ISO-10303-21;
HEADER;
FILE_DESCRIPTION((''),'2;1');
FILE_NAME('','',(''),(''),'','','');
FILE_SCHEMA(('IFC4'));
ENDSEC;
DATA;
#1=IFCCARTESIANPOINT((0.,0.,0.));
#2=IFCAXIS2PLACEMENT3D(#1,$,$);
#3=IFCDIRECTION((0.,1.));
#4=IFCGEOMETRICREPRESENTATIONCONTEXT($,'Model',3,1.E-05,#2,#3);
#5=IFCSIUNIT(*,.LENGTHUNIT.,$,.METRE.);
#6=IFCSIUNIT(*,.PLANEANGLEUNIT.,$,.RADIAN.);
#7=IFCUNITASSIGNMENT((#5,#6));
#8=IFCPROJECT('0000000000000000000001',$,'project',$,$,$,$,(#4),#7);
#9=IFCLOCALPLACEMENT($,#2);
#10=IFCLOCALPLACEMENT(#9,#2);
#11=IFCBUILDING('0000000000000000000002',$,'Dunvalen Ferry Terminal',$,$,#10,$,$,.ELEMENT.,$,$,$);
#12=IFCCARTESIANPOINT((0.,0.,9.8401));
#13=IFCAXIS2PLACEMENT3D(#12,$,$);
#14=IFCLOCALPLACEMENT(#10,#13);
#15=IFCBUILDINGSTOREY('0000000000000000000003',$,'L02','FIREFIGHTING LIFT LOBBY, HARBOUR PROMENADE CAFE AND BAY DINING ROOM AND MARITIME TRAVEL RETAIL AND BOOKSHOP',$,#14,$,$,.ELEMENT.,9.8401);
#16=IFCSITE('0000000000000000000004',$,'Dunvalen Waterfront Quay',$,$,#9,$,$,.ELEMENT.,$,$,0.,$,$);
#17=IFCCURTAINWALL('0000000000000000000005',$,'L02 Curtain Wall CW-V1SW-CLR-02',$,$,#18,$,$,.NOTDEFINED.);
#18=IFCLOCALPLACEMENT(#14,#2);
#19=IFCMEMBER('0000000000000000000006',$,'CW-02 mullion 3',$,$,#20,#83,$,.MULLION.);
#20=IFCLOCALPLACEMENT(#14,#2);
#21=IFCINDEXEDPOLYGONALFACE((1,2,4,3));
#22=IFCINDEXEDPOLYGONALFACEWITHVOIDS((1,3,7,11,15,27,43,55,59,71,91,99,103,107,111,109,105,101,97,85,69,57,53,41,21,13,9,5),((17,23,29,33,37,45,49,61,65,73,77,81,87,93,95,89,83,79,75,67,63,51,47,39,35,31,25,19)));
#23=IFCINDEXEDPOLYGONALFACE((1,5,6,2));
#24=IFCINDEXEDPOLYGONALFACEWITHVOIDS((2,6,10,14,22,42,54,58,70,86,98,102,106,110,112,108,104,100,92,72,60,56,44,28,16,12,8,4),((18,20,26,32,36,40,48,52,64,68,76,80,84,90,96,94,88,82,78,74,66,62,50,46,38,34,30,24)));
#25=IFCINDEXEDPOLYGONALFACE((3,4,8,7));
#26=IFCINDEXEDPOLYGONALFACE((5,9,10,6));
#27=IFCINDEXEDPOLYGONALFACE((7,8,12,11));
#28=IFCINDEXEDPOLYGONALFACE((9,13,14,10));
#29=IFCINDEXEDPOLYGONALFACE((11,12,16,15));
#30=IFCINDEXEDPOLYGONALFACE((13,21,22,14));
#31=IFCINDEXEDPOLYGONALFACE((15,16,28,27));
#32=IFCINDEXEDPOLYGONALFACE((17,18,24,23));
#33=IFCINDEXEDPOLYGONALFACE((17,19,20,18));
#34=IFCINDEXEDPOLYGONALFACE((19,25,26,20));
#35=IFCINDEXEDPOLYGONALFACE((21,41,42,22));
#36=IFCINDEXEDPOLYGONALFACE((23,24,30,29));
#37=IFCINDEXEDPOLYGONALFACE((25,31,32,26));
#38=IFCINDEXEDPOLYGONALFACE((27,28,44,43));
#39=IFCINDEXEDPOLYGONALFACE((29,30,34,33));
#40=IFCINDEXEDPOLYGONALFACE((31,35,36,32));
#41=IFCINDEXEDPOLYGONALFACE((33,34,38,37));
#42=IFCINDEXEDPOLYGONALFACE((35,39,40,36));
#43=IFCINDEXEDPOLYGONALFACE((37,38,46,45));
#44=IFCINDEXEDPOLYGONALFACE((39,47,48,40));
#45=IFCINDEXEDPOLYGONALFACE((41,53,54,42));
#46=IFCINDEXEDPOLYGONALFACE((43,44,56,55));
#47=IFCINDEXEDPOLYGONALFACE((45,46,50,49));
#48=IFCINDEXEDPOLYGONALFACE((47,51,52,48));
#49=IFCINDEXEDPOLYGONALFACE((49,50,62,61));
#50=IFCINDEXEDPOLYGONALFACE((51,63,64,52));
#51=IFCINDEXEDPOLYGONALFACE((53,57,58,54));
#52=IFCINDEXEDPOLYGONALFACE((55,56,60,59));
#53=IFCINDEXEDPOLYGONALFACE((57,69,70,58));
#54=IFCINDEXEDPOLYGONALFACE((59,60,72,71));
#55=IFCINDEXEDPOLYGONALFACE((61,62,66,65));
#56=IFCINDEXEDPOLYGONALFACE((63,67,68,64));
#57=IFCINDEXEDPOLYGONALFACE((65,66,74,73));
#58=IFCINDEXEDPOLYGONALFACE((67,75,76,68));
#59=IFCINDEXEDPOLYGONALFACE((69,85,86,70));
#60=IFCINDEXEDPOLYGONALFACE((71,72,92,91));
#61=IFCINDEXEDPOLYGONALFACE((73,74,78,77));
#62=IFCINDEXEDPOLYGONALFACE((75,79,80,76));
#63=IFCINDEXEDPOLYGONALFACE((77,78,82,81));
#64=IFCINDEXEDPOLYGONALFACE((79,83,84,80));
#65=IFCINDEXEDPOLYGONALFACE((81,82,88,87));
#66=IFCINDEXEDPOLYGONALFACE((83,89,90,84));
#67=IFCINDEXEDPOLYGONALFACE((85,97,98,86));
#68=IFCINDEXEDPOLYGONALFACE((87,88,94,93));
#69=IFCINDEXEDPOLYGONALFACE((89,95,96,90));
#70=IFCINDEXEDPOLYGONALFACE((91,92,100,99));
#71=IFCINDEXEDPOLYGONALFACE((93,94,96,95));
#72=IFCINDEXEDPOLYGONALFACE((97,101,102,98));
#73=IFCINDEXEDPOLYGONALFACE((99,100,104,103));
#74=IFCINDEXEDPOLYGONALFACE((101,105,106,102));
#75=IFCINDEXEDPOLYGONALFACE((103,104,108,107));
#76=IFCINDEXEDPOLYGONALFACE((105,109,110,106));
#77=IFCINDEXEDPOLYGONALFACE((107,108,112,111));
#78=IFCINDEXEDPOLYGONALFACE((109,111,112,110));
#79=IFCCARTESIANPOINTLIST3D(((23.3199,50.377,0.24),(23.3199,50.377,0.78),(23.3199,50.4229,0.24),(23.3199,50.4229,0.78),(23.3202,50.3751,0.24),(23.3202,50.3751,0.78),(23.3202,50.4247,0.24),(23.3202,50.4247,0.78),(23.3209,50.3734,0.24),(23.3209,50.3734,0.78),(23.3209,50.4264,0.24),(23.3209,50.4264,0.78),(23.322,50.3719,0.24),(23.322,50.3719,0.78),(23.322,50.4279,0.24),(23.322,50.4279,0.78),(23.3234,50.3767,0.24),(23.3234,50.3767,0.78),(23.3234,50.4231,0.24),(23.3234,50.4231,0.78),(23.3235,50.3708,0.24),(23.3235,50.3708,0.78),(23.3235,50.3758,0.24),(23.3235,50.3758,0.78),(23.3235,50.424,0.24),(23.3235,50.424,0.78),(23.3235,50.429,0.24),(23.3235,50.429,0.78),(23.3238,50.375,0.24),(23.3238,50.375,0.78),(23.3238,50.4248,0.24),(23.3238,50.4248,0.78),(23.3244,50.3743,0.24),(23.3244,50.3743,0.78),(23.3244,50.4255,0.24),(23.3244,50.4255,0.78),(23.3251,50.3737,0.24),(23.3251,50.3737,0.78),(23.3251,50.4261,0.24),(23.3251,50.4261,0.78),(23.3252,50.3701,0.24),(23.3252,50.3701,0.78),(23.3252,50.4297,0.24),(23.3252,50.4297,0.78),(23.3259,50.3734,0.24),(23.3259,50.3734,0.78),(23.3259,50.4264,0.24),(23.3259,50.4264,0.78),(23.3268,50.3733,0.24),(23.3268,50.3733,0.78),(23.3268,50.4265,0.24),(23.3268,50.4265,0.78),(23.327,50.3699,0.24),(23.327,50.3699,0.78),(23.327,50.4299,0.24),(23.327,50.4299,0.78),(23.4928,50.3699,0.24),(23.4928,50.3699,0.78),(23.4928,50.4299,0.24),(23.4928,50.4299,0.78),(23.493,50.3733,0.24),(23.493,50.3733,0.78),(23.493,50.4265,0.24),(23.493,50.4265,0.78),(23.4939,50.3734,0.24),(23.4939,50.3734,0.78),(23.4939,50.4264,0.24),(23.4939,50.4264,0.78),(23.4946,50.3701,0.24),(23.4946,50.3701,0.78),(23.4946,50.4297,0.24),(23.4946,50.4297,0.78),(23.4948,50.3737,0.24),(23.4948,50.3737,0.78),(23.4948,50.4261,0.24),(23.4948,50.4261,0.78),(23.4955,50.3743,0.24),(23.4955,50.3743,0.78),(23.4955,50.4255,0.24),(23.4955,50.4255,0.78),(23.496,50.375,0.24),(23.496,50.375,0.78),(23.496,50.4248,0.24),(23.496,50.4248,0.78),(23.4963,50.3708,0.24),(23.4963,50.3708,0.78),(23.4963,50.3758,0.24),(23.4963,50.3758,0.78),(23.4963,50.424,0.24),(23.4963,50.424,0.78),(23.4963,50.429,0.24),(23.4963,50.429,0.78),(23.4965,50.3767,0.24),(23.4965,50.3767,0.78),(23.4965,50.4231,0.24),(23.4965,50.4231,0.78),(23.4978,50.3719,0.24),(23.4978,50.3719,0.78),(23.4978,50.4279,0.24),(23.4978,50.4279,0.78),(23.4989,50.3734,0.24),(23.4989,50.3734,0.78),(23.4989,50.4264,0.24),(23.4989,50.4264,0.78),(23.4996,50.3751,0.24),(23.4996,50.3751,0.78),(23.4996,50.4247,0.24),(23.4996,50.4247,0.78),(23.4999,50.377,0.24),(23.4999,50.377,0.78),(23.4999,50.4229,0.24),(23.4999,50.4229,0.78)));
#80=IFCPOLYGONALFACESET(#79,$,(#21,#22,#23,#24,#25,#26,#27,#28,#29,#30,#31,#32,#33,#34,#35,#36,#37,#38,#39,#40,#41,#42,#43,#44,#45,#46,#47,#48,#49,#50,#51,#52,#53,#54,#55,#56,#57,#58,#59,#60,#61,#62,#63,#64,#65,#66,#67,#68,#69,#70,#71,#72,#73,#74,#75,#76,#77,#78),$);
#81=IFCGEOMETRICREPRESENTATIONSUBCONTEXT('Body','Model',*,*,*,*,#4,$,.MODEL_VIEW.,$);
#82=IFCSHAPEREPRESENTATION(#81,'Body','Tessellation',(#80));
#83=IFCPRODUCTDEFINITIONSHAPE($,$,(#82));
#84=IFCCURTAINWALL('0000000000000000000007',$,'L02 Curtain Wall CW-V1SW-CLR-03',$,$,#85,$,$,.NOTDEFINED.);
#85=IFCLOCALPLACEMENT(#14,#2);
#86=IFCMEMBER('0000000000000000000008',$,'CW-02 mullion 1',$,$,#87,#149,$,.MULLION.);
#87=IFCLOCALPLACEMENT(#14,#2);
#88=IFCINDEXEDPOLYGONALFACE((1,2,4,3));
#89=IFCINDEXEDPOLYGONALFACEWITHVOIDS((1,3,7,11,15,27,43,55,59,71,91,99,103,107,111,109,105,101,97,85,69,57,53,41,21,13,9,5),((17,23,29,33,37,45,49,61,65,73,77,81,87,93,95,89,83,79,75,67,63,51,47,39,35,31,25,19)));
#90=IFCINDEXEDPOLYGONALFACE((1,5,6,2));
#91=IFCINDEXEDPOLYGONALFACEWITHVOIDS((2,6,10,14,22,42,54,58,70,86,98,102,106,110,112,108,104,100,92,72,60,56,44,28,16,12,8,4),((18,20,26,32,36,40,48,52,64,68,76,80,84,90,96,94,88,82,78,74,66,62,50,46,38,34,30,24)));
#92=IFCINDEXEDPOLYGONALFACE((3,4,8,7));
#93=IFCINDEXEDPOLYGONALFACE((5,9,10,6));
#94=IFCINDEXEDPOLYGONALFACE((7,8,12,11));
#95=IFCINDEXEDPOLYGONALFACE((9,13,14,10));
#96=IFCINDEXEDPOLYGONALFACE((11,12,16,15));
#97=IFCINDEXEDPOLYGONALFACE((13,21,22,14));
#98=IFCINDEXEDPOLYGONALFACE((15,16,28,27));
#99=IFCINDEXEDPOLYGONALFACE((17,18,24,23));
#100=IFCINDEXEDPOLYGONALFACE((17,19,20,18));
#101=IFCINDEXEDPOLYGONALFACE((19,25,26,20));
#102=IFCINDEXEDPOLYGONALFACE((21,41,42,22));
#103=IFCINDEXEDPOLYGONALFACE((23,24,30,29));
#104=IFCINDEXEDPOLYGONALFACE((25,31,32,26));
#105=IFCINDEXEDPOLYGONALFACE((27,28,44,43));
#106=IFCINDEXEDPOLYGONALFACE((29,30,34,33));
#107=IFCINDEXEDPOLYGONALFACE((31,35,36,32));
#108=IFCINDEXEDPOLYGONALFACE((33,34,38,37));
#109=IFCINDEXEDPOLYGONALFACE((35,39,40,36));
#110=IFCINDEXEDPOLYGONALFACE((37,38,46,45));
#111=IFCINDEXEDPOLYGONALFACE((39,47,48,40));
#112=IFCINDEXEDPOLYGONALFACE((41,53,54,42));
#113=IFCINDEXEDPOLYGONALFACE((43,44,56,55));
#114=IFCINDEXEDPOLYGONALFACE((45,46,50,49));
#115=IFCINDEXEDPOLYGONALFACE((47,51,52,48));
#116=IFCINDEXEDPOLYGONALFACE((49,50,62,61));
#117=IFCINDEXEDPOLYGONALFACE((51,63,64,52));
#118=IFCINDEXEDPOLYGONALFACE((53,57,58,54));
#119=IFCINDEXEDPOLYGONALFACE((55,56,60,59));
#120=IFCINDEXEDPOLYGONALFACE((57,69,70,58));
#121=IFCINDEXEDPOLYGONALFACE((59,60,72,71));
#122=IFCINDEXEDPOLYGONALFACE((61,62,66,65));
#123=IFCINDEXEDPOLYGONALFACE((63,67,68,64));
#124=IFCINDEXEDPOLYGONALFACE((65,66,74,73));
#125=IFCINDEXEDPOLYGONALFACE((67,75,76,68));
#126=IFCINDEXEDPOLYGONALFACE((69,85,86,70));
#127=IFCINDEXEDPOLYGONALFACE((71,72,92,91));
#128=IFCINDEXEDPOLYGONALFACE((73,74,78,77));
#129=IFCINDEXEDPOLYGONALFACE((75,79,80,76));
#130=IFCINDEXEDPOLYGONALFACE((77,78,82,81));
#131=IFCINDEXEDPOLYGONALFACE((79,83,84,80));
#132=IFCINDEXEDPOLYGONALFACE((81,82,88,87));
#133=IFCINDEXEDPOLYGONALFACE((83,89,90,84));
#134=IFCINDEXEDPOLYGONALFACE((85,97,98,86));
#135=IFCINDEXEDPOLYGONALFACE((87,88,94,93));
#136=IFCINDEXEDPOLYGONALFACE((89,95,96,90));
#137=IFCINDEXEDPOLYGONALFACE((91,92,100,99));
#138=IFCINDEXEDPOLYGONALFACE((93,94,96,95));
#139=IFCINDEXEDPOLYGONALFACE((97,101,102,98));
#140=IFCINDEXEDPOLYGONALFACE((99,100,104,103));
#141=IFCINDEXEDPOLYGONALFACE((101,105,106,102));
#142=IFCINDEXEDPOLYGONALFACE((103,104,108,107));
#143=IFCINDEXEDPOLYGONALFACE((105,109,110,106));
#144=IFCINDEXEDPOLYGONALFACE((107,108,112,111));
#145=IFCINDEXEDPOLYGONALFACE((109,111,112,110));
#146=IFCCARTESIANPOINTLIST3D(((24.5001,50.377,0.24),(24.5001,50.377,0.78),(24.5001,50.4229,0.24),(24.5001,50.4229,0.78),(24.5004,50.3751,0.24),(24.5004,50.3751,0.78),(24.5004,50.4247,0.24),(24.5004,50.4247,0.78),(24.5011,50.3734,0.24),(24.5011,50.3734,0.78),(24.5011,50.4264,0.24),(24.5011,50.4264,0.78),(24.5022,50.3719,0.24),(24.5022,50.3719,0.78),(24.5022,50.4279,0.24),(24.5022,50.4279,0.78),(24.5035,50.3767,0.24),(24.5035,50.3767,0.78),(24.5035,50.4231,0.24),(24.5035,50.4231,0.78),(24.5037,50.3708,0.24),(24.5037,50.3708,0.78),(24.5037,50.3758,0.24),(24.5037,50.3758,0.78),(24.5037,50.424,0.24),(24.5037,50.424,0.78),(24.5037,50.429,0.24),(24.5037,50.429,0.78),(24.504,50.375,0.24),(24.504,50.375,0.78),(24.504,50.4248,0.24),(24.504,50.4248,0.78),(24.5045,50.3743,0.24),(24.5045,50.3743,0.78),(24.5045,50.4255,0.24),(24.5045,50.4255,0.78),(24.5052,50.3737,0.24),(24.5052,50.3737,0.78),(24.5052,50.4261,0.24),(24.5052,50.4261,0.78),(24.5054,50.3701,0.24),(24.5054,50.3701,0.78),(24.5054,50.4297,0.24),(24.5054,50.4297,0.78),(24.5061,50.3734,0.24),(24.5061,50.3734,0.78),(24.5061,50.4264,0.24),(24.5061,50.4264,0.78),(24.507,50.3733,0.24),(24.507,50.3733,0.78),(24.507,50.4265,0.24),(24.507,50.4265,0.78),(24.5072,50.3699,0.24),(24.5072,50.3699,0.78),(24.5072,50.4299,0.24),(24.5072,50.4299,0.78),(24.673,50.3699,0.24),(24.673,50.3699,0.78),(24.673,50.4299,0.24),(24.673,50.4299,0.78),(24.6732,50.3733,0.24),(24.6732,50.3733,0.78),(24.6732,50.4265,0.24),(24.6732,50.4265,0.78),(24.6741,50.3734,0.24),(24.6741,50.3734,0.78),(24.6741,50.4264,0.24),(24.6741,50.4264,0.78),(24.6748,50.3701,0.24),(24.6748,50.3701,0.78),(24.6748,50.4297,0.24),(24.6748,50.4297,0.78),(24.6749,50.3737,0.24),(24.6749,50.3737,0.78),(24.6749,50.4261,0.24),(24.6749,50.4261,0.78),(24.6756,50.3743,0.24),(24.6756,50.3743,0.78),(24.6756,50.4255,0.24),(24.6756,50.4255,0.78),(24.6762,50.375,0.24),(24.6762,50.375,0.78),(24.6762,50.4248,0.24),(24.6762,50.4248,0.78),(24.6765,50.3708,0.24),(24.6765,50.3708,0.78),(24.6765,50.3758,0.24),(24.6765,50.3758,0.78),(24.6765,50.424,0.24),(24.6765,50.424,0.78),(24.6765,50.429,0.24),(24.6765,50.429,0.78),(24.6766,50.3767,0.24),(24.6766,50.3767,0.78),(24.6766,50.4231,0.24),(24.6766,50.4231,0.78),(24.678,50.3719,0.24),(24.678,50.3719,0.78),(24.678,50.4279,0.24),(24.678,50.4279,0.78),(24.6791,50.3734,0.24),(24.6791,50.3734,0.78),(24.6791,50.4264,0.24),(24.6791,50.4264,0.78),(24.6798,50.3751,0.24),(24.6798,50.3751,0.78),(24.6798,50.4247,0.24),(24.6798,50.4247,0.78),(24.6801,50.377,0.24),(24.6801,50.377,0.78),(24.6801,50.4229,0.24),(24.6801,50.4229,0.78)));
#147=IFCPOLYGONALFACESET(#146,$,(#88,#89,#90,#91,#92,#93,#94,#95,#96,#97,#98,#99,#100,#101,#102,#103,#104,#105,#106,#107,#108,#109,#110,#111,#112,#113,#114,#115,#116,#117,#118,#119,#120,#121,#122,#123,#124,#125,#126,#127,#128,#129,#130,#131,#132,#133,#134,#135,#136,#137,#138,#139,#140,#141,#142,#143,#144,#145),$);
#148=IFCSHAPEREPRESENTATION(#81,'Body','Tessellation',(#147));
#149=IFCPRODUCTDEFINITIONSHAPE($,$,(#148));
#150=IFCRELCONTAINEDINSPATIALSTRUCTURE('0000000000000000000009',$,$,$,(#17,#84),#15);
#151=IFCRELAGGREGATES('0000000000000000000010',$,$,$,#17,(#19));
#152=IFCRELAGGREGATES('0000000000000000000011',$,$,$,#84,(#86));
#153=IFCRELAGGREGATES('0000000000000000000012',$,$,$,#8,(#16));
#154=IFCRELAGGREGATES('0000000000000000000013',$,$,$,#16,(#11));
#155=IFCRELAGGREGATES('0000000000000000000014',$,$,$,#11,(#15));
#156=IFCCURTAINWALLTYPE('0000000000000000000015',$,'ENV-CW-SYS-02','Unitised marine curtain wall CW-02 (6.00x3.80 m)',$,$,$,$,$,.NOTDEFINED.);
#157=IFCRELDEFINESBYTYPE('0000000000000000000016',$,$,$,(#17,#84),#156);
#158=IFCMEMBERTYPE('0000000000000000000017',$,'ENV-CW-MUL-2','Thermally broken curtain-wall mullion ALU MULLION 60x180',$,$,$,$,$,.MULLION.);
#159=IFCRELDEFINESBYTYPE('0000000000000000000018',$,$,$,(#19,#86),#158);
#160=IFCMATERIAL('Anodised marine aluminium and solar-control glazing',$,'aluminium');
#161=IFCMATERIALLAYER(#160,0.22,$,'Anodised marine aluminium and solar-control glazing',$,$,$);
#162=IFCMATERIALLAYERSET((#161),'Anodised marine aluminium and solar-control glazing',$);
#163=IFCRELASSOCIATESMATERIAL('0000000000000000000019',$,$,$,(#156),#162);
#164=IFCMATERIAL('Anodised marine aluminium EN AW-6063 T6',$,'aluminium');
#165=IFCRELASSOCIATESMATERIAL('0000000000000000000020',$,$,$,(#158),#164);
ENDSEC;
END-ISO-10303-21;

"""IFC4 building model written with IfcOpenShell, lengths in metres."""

from ifc_helpers import new_model, si_unit, direction, frame, origin, origin_2d, place, context, subcontext, project, spatial, hollow_rectangle, extrude, material, layer, layer_set, material_profile, profile_set, type_object, element, aggregate, save


model = new_model("IFC4")

# Units and contexts
model_context = context("Model", 3, precision=1e-05, world=origin(), true_north=direction((0.0, 1.0)))
body_context = subcontext(model_context, "Body", "Model", "MODEL_VIEW")
ifc_project = project(units=[si_unit("LENGTHUNIT", "METRE"), si_unit("PLANEANGLEUNIT", "RADIAN")], contexts=[model_context])

# Site, building, storey
site_placement = place(None, origin())
site = spatial("IfcSite", under=ifc_project, at=site_placement, Name="Dunvalen Waterfront Quay", CompositionType="ELEMENT", RefElevation=0.0)
building_placement = place(site_placement, origin())
building = spatial("IfcBuilding", under=site, at=building_placement, Name="Dunvalen Ferry Terminal", CompositionType="ELEMENT")
storey_placement = place(building_placement, frame((0.0, 0.0, 9.8401)))
storey = spatial("IfcBuildingStorey", under=building, at=storey_placement, Name="L02", Description="FIREFIGHTING LIFT LOBBY, HARBOUR PROMENADE CAFE AND BAY DINING ROOM AND MARITIME TRAVEL RETAIL AND BOOKSHOP", CompositionType="ELEMENT", Elevation=9.8401)

# Curtain walls, members
ifc_material_1 = material(Name="Anodised marine aluminium and solar-control glazing", Category="aluminium")
ifc_layer_1 = layer(ifc_material_1, 0.22, Name="Anodised marine aluminium and solar-control glazing")
ifc_layer_set_1 = layer_set([ifc_layer_1], Name="Anodised marine aluminium and solar-control glazing")
curtain_wall_type = type_object("IfcCurtainWallType", Name="ENV-CW-SYS-02", Description="Unitised marine curtain wall CW-02 (6.00x3.80 m)", PredefinedType="NOTDEFINED", material=ifc_layer_set_1)
curtain_wall_1_placement = place(storey_placement, origin())
curtain_wall_1 = element("IfcCurtainWall", 1, at=curtain_wall_1_placement, inside=storey, type_object=curtain_wall_type, Name="L02 Curtain Wall CW-V1SW-CLR-02", PredefinedType="NOTDEFINED")
ifc_material_2 = material(Name="Anodised marine aluminium EN AW-6063 T6", Category="aluminium")
ifc_material_profile_1 = material_profile(ifc_material_2, hollow_rectangle(XDim=0.0601, YDim=0.1799, WallThickness=0.0034, InnerFilletRadius=0.0034, OuterFilletRadius=0.0071, at=origin_2d()), Name="Anodised marine aluminium EN AW-6063 T6")
ifc_profile_set_1 = profile_set([ifc_material_profile_1], Name="Anodised marine aluminium EN AW-6063 T6")
member_type_1 = type_object("IfcMemberType", Name="ENV-CW-MUL-2", Description="Thermally broken curtain-wall mullion ALU MULLION 60x180", PredefinedType="MULLION", material=ifc_profile_set_1)
member_1_placement = place(storey_placement, frame((23.4099, 50.3999, 0.24), z_axis=(0.0, 0.0, 1.0), x_axis=(0.0, 1.0, 0.0)))
member_1 = element("IfcMember", 2, at=member_1_placement, type_object=member_type_1, Name="CW-02 mullion 3", PredefinedType="MULLION", context=body_context, shape_type="SweptSolid", body=[
    extrude(hollow_rectangle(XDim=0.0601, YDim=0.1799, WallThickness=0.0034, InnerFilletRadius=0.0034, OuterFilletRadius=0.0071, at=origin_2d()), origin(), (0.0, 0.0, 1.0), 0.54),
])
curtain_wall_2_placement = place(storey_placement, origin())
curtain_wall_2 = element("IfcCurtainWall", 3, at=curtain_wall_2_placement, inside=storey, type_object=curtain_wall_type, Name="L02 Curtain Wall CW-V1SW-CLR-03", PredefinedType="NOTDEFINED")
member_2_placement = place(storey_placement, frame((24.5901, 50.3999, 0.24), z_axis=(0.0, 0.0, 1.0), x_axis=(0.0, 1.0, 0.0)))
member_2 = element("IfcMember", 4, at=member_2_placement, type_object=member_type_1, Name="CW-02 mullion 1", PredefinedType="MULLION", context=body_context, shape_type="SweptSolid", body=[
    extrude(hollow_rectangle(XDim=0.0601, YDim=0.1799, WallThickness=0.0034, InnerFilletRadius=0.0034, OuterFilletRadius=0.0071, at=origin_2d()), origin(), (0.0, 0.0, 1.0), 0.54),
])

aggregate(curtain_wall_1, [member_1])
aggregate(curtain_wall_2, [member_2])

save(model, "model.ifc")
